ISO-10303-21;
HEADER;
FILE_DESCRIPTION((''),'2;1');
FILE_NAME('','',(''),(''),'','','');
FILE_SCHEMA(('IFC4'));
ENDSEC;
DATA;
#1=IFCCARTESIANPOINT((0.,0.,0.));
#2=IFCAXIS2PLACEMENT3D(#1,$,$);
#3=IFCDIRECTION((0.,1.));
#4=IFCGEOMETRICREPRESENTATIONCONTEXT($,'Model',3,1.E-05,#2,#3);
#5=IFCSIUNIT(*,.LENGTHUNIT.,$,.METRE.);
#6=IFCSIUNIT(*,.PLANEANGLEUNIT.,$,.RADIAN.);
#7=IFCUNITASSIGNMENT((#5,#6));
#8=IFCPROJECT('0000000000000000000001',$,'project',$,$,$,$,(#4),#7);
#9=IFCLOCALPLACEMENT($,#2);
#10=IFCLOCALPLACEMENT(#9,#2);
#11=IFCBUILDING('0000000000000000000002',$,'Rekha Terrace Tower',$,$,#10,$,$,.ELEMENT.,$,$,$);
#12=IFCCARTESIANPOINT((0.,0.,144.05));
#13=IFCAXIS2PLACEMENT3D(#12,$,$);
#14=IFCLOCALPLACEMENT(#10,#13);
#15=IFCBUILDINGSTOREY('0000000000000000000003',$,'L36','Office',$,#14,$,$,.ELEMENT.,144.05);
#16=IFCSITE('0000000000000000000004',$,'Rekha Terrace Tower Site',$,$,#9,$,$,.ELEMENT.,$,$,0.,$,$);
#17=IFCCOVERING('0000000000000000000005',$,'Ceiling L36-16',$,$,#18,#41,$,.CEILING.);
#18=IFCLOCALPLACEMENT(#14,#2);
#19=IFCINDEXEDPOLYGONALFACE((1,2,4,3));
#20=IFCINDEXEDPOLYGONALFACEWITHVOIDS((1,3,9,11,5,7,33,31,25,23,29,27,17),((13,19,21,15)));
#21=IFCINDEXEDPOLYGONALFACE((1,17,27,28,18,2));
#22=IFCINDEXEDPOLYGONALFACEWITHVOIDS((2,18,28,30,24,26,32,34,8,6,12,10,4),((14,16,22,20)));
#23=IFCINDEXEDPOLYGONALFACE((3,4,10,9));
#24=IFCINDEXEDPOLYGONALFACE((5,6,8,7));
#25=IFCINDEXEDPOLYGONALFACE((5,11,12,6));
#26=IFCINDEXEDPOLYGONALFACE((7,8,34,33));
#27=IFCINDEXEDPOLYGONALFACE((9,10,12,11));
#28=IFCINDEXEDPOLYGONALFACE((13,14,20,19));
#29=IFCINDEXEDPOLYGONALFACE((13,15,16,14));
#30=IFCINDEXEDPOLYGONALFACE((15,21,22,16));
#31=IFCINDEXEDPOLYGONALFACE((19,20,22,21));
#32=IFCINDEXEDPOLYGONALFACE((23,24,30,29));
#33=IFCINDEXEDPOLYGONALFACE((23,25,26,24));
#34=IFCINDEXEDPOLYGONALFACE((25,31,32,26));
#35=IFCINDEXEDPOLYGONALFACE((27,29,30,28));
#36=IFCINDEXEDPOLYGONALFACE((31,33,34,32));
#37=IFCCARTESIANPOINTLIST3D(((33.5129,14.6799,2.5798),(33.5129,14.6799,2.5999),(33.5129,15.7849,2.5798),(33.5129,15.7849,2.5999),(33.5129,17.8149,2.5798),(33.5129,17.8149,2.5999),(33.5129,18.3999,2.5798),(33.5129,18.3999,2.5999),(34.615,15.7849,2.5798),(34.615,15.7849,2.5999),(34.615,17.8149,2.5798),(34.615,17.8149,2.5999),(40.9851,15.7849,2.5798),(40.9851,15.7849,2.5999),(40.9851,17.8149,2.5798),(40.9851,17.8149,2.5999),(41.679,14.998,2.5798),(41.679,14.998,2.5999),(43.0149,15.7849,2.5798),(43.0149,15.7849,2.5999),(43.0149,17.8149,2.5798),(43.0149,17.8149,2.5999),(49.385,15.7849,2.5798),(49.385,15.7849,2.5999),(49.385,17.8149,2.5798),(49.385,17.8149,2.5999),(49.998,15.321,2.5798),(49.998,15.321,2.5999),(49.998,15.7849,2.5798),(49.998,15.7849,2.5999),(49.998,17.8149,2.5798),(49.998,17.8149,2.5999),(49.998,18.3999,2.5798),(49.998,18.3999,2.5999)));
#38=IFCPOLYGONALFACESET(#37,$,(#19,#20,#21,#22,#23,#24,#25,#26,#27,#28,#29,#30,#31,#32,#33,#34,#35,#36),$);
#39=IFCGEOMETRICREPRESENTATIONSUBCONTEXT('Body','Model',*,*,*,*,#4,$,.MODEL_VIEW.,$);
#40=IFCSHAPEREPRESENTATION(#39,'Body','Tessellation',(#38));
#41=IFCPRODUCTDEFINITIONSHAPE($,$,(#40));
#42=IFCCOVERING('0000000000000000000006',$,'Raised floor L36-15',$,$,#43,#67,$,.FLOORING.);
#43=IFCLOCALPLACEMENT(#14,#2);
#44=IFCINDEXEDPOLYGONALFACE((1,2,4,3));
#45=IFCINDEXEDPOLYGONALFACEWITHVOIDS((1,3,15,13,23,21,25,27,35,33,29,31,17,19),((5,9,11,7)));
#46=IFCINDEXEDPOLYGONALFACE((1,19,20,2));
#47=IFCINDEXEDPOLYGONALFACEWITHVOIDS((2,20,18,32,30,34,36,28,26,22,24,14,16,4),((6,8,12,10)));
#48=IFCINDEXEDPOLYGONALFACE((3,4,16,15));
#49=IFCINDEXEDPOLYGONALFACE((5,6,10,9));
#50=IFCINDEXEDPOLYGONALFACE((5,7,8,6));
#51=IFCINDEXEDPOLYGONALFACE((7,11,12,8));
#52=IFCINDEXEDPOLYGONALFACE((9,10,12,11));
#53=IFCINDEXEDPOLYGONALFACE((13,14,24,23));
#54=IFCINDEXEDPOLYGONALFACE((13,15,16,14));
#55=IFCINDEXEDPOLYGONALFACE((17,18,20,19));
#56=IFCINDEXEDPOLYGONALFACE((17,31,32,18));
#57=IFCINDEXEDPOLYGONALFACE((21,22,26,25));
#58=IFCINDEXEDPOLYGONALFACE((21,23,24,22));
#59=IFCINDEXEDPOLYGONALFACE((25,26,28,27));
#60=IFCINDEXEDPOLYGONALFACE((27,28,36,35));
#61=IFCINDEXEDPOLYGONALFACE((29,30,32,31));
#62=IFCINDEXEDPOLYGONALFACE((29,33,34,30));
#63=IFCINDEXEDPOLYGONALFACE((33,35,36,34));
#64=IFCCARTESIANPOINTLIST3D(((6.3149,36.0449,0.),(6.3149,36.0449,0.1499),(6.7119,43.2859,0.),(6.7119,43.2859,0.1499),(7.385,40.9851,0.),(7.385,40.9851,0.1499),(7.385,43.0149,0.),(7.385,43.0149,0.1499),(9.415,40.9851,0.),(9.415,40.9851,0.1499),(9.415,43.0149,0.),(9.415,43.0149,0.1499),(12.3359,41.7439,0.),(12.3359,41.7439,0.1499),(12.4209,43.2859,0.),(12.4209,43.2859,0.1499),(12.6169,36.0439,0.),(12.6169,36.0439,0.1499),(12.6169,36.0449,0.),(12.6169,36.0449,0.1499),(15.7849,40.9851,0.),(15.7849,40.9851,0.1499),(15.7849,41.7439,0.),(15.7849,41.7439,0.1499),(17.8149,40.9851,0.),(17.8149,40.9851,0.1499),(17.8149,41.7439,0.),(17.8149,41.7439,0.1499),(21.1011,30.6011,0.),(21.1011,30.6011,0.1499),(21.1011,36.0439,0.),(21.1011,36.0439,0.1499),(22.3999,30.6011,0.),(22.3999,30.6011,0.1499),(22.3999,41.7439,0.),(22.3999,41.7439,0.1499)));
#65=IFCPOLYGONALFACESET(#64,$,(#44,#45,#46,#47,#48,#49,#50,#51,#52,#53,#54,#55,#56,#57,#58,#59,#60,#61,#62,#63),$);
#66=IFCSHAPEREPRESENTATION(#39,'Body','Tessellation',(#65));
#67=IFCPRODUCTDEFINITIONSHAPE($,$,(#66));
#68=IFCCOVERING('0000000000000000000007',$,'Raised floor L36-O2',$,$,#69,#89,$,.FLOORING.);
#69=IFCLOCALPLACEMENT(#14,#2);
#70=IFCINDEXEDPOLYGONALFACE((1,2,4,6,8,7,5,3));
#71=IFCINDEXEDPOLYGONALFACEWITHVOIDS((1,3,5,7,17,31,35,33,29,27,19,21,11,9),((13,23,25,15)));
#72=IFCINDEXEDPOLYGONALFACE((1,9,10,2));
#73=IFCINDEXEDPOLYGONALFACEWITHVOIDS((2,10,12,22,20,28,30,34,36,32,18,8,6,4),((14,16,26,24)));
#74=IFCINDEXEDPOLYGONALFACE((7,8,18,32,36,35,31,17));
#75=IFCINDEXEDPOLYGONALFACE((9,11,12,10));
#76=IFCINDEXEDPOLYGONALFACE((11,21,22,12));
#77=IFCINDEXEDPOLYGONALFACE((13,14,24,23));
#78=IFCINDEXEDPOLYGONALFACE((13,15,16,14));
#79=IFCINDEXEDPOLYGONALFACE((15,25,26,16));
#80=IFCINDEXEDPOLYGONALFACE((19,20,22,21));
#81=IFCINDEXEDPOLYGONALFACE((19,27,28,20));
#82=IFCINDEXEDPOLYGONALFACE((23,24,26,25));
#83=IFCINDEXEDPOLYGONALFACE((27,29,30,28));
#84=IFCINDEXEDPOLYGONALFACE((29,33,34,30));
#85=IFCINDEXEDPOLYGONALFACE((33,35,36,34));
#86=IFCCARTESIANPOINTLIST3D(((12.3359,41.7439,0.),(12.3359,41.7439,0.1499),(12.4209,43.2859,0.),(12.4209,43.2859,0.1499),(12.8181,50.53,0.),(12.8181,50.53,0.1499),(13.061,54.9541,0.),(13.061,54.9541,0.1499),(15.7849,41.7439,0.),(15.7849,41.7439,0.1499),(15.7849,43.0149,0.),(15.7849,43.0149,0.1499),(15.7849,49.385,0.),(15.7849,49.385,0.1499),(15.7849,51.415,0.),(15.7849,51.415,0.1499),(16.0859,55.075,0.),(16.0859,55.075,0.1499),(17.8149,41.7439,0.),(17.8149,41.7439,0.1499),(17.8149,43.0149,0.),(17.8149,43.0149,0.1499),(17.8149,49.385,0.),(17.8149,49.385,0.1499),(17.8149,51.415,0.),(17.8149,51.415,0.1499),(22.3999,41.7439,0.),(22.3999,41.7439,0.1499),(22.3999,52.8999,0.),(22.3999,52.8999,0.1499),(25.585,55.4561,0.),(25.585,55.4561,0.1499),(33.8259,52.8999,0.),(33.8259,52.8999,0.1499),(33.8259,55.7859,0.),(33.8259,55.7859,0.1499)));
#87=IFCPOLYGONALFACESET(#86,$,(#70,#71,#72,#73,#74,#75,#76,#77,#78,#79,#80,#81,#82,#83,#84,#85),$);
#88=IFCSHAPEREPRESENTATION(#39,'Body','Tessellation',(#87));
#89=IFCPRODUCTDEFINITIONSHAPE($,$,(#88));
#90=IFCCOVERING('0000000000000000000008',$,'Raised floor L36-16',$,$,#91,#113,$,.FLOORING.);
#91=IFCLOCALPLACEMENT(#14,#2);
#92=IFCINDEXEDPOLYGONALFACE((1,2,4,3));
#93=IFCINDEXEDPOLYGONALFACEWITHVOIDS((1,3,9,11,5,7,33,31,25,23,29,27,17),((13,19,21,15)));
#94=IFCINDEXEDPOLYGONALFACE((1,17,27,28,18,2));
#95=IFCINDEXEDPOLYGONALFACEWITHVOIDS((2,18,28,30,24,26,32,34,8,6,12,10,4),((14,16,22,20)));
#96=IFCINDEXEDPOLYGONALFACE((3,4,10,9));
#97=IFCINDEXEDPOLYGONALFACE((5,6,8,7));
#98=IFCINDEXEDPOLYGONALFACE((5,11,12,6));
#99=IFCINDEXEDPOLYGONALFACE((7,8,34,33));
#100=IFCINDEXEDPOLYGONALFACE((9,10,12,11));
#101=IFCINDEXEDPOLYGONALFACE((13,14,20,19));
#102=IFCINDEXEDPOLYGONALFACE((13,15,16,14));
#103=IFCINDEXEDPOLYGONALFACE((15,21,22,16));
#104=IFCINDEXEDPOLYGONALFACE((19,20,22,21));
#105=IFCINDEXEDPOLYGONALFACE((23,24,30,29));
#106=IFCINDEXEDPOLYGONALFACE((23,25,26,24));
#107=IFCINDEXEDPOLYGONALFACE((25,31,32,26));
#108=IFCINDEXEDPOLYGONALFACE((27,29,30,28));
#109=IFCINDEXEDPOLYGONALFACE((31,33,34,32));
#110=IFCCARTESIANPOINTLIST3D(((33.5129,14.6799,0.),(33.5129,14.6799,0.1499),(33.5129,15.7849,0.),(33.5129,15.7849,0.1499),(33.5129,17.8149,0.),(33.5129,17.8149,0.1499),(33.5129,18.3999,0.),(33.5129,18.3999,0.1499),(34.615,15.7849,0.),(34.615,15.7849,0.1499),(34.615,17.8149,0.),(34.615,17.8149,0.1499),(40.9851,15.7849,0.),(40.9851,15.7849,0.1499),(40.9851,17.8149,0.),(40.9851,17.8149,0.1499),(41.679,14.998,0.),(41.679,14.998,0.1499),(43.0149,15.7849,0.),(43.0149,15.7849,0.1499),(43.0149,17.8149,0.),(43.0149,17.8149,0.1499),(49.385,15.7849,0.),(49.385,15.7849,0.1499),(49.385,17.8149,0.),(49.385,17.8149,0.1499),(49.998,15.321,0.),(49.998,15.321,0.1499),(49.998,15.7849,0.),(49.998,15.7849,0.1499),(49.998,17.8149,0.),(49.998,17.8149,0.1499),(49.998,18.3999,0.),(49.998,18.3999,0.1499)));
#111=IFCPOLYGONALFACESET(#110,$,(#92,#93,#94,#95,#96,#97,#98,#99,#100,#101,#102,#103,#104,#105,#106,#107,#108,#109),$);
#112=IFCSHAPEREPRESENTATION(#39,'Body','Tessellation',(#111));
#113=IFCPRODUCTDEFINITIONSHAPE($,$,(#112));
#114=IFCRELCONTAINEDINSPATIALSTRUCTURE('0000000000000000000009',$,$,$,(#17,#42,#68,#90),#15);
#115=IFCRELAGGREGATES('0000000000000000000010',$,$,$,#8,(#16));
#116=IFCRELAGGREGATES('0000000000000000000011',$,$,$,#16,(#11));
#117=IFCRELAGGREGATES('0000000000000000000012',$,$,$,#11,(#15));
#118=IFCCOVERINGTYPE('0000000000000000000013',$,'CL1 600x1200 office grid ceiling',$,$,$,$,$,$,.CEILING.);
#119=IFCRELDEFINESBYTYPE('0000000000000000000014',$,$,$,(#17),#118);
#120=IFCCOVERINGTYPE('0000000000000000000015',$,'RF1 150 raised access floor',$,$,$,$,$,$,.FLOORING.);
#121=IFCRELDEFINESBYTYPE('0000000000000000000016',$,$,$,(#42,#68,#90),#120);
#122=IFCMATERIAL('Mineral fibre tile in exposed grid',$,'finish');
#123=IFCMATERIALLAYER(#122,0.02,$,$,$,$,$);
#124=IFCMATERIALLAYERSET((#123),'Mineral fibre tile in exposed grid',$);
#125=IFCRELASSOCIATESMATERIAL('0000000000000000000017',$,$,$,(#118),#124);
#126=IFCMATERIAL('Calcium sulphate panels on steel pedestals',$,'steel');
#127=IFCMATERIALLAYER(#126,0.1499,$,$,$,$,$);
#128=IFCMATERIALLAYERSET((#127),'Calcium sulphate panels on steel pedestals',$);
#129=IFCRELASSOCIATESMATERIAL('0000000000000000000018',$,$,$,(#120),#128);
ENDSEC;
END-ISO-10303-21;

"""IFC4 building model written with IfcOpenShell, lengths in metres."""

from ifc_helpers import new_model, si_unit, direction, frame, origin, place, context, subcontext, project, spatial, polyline, outline, extrude, material, layer, layer_set, type_object, element, save


model = new_model("IFC4")

# Units and contexts
model_context = context("Model", 3, precision=1e-05, world=origin(), true_north=direction((0.0, 1.0)))
body_context = subcontext(model_context, "Body", "Model", "MODEL_VIEW")
ifc_project = project(units=[si_unit("LENGTHUNIT", "METRE"), si_unit("PLANEANGLEUNIT", "RADIAN")], contexts=[model_context])

# Site, building, storey
site_placement = place(None, origin())
site = spatial("IfcSite", under=ifc_project, at=site_placement, Name="Rekha Terrace Tower Site", CompositionType="ELEMENT", RefElevation=0.0)
building_placement = place(site_placement, origin())
building = spatial("IfcBuilding", under=site, at=building_placement, Name="Rekha Terrace Tower", CompositionType="ELEMENT")
storey_placement = place(building_placement, frame((0.0, 0.0, 144.05)))
storey = spatial("IfcBuildingStorey", under=building, at=storey_placement, Name="L36", Description="Office", CompositionType="ELEMENT", Elevation=144.05)

# Covering
ifc_material_1 = material(Name="Mineral fibre tile in exposed grid", Category="finish")
ifc_layer_1 = layer(ifc_material_1, 0.02)
ifc_layer_set_1 = layer_set([ifc_layer_1], Name="Mineral fibre tile in exposed grid")
covering_type_1 = type_object("IfcCoveringType", Name="CL1 600x1200 office grid ceiling", PredefinedType="CEILING", material=ifc_layer_set_1)
covering_1_placement = place(storey_placement, frame((0.0, 0.0, 2.5798)))
element("IfcCovering", 1, at=covering_1_placement, inside=storey, type_object=covering_type_1, Name="Ceiling L36-16", PredefinedType="CEILING", context=body_context, shape_type="SweptSolid", body=[
    extrude(outline(polyline([(33.5129, 14.6799), (41.679, 14.998), (49.998, 15.321), (49.998, 15.7849), (49.385, 15.7849), (49.385, 17.8149), (49.998, 17.8149), (49.998, 18.3999), (33.5129, 18.3999), (33.5129, 17.8149), (34.615, 17.8149), (34.615, 15.7849), (33.5129, 15.7849), (33.5129, 14.6799)]), holes=[polyline([(43.0149, 17.8149), (43.0149, 15.7849), (40.9851, 15.7849), (40.9851, 17.8149), (43.0149, 17.8149)])]), origin(), (0.0, 0.0, 1.0), 0.02),
])

# Coverings
ifc_material_2 = material(Name="Calcium sulphate panels on steel pedestals", Category="steel")
ifc_layer_2 = layer(ifc_material_2, 0.1499)
ifc_layer_set_2 = layer_set([ifc_layer_2], Name="Calcium sulphate panels on steel pedestals")
covering_type_2 = type_object("IfcCoveringType", Name="RF1 150 raised access floor", PredefinedType="FLOORING", material=ifc_layer_set_2)
covering_2_placement = place(storey_placement, origin())
element("IfcCovering", 2, at=covering_2_placement, inside=storey, type_object=covering_type_2, Name="Raised floor L36-15", PredefinedType="FLOORING", context=body_context, shape_type="SweptSolid", body=[
    extrude(outline(polyline([(6.7119, 43.2859), (6.3149, 36.0449), (12.6169, 36.0449), (12.6169, 36.0439), (21.1011, 36.0439), (21.1011, 30.6011), (22.3999, 30.6011), (22.3999, 41.7439), (17.8149, 41.7439), (17.8149, 40.9851), (15.7849, 40.9851), (15.7849, 41.7439), (12.3359, 41.7439), (12.4209, 43.2859), (6.7119, 43.2859)]), holes=[polyline([(9.415, 40.9851), (7.385, 40.9851), (7.385, 43.0149), (9.415, 43.0149), (9.415, 40.9851)])]), origin(), (0.0, 0.0, 1.0), 0.1499),
])
covering_3_placement = place(storey_placement, origin())
element("IfcCovering", 3, at=covering_3_placement, inside=storey, type_object=covering_type_2, Name="Raised floor L36-O2", PredefinedType="FLOORING", context=body_context, shape_type="SweptSolid", body=[
    extrude(outline(polyline([(12.8181, 50.53), (12.4209, 43.2859), (12.3359, 41.7439), (15.7849, 41.7439), (15.7849, 43.0149), (17.8149, 43.0149), (17.8149, 41.7439), (22.3999, 41.7439), (22.3999, 52.8999), (33.8259, 52.8999), (33.8259, 55.7859), (25.585, 55.4561), (16.0859, 55.075), (13.061, 54.9541), (12.8181, 50.53)]), holes=[polyline([(17.8149, 49.385), (15.7849, 49.385), (15.7849, 51.415), (17.8149, 51.415), (17.8149, 49.385)])]), origin(), (0.0, 0.0, 1.0), 0.1499),
])
covering_4_placement = place(storey_placement, origin())
element("IfcCovering", 4, at=covering_4_placement, inside=storey, type_object=covering_type_2, Name="Raised floor L36-16", PredefinedType="FLOORING", context=body_context, shape_type="SweptSolid", body=[
    extrude(outline(polyline([(33.5129, 14.6799), (41.679, 14.998), (49.998, 15.321), (49.998, 15.7849), (49.385, 15.7849), (49.385, 17.8149), (49.998, 17.8149), (49.998, 18.3999), (33.5129, 18.3999), (33.5129, 17.8149), (34.615, 17.8149), (34.615, 15.7849), (33.5129, 15.7849), (33.5129, 14.6799)]), holes=[polyline([(43.0149, 17.8149), (43.0149, 15.7849), (40.9851, 15.7849), (40.9851, 17.8149), (43.0149, 17.8149)])]), origin(), (0.0, 0.0, 1.0), 0.1499),
])

save(model, "model.ifc")
